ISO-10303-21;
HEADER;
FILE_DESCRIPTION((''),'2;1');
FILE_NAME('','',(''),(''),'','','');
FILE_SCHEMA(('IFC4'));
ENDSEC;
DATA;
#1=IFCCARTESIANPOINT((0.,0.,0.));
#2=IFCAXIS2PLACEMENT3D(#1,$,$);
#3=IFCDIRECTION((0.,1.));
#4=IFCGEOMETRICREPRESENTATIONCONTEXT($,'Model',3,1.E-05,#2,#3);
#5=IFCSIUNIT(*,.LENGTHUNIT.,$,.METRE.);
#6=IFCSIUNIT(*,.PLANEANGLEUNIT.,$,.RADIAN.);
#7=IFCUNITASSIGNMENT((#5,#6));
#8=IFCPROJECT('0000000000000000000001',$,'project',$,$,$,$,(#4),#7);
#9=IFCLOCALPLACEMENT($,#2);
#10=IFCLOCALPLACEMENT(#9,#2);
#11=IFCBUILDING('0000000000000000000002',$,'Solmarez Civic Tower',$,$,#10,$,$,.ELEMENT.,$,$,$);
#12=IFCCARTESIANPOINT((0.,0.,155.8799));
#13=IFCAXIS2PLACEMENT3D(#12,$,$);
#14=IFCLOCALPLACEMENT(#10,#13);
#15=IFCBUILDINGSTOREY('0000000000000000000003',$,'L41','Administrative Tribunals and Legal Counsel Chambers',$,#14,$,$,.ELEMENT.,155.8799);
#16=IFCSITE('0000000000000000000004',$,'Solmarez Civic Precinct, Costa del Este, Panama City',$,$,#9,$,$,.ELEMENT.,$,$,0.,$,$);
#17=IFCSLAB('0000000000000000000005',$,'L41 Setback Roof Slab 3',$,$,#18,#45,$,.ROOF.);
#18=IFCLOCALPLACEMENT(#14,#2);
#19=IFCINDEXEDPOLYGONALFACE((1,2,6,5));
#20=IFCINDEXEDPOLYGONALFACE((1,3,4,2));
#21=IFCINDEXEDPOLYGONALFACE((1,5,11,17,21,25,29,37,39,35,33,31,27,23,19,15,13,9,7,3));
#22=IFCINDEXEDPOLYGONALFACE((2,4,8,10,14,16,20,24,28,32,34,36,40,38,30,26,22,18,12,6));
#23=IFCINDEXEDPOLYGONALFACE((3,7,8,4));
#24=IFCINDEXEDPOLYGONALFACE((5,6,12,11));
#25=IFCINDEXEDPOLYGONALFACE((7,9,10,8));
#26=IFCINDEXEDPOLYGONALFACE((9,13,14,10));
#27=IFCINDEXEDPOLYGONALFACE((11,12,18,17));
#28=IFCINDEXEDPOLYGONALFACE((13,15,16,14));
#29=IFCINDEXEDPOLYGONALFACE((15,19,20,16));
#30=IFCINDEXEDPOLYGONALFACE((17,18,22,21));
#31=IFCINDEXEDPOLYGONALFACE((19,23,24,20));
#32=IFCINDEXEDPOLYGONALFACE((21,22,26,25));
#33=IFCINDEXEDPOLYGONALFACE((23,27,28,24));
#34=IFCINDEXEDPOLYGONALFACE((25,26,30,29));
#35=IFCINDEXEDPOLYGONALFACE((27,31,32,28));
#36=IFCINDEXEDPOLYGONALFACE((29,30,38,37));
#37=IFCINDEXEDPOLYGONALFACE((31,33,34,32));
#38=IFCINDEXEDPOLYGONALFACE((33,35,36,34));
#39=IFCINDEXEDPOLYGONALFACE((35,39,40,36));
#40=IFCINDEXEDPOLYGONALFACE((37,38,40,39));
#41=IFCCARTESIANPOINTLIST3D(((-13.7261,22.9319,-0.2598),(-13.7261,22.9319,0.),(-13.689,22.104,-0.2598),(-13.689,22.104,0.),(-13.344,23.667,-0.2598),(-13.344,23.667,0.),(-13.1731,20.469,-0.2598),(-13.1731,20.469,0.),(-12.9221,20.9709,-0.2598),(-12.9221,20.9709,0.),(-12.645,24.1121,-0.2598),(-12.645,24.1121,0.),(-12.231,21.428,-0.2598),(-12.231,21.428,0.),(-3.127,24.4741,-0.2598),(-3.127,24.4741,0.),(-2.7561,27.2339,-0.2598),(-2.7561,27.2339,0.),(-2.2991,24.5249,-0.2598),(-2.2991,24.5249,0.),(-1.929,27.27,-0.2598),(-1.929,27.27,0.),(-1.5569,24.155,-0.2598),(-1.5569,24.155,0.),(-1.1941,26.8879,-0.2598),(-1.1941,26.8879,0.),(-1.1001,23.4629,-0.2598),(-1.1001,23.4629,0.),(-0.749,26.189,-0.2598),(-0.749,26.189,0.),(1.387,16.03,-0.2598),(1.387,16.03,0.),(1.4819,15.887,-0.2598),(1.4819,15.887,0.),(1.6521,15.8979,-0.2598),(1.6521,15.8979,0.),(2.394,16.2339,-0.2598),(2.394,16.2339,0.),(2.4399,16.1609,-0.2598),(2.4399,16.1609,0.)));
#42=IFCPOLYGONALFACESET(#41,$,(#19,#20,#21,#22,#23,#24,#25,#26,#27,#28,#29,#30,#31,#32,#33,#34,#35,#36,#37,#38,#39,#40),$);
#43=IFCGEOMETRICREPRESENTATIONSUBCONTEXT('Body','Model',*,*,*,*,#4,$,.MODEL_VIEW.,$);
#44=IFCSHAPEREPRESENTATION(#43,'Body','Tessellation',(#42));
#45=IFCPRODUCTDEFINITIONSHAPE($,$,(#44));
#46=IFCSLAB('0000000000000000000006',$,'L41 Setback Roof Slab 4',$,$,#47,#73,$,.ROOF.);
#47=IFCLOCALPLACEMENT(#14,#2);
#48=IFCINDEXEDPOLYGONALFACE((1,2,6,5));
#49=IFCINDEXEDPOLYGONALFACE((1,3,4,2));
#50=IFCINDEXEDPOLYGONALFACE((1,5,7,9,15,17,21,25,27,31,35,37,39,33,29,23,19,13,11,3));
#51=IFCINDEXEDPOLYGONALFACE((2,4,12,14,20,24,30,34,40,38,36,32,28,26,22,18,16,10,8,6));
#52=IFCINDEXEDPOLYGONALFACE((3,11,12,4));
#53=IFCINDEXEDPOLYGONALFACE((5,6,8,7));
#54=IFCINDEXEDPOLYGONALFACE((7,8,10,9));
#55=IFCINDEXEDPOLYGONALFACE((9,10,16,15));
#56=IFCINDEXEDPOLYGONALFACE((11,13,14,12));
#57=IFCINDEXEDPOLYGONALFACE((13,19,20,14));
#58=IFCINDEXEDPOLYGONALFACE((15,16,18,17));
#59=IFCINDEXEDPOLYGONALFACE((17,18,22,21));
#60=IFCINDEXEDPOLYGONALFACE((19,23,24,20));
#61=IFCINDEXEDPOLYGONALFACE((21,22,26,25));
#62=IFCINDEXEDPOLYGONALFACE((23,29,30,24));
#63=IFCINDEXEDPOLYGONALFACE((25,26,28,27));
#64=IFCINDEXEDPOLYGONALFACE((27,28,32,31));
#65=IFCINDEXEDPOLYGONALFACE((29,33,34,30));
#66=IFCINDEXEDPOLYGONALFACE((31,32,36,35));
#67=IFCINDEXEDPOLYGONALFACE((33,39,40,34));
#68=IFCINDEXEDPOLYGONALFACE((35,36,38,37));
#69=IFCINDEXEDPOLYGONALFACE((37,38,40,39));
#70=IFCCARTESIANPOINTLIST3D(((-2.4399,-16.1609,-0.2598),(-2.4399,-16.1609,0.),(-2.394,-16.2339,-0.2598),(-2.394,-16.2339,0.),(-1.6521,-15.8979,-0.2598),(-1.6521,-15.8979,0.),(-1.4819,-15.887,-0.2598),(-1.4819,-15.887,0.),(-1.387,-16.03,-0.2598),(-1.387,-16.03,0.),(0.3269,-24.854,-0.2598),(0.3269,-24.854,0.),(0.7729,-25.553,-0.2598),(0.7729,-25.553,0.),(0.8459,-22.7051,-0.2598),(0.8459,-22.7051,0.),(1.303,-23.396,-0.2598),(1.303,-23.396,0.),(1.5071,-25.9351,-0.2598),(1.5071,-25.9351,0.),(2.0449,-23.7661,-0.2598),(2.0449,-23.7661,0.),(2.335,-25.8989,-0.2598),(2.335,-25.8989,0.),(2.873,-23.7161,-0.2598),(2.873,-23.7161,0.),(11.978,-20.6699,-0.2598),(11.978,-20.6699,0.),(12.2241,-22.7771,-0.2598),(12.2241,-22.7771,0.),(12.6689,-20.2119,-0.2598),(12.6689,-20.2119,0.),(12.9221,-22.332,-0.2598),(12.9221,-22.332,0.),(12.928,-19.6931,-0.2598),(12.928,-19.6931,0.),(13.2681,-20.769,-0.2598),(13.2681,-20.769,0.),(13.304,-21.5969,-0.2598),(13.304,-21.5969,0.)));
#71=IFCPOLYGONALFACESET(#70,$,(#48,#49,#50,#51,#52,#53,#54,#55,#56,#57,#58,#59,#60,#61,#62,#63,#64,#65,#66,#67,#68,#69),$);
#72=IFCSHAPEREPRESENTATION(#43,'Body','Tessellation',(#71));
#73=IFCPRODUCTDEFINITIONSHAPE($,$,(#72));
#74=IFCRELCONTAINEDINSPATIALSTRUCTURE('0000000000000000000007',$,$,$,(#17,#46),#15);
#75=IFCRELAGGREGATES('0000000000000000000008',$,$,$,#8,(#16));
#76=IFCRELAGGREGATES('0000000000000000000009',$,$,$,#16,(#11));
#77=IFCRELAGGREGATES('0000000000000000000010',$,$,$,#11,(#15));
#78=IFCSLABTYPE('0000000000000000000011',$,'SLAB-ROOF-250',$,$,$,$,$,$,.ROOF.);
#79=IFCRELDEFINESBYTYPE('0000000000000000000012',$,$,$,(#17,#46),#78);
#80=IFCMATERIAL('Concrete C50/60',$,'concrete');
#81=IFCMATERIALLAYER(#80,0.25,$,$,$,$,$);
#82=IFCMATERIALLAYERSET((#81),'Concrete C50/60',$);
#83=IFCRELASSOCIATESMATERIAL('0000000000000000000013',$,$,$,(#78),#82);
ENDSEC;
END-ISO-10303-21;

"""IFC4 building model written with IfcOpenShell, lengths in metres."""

from ifc_helpers import new_model, si_unit, direction, frame, origin, place, context, subcontext, project, spatial, polyline, outline, extrude, material, layer, layer_set, type_object, element, save


model = new_model("IFC4")

# Units and contexts
model_context = context("Model", 3, precision=1e-05, world=origin(), true_north=direction((0.0, 1.0)))
body_context = subcontext(model_context, "Body", "Model", "MODEL_VIEW")
ifc_project = project(units=[si_unit("LENGTHUNIT", "METRE"), si_unit("PLANEANGLEUNIT", "RADIAN")], contexts=[model_context])

# Site, building, storey
site_placement = place(None, origin())
site = spatial("IfcSite", under=ifc_project, at=site_placement, Name="Solmarez Civic Precinct, Costa del Este, Panama City", CompositionType="ELEMENT", RefElevation=0.0)
building_placement = place(site_placement, origin())
building = spatial("IfcBuilding", under=site, at=building_placement, Name="Solmarez Civic Tower", CompositionType="ELEMENT")
storey_placement = place(building_placement, frame((0.0, 0.0, 155.8799)))
storey = spatial("IfcBuildingStorey", under=building, at=storey_placement, Name="L41", Description="Administrative Tribunals and Legal Counsel Chambers", CompositionType="ELEMENT", Elevation=155.8799)

# Shared definitions
ifc_material_1 = material(Name="Concrete C50/60", Category="concrete")

# Shared definitions
ifc_layer_1 = layer(ifc_material_1, 0.25)
ifc_layer_set_1 = layer_set([ifc_layer_1], Name="Concrete C50/60")
slab_type_1 = type_object("IfcSlabType", Name="SLAB-ROOF-250", PredefinedType="ROOF", material=ifc_layer_set_1)

# Slabs
slab_1_placement = place(storey_placement, frame((0.0, 0.0, -0.2598)))
element("IfcSlab", 1, at=slab_1_placement, inside=storey, type_object=slab_type_1, Name="L41 Setback Roof Slab 3", PredefinedType="ROOF", context=body_context, shape_type="SweptSolid", body=[
    extrude(outline(polyline([(-13.1731, 20.469), (-12.9221, 20.9709), (-12.231, 21.428), (-3.127, 24.4741), (-2.2991, 24.5249), (-1.5569, 24.155), (-1.1001, 23.4629), (1.387, 16.03), (1.4819, 15.887), (1.6521, 15.8979), (2.4399, 16.1609), (2.394, 16.2339), (-0.749, 26.189), (-1.1941, 26.8879), (-1.929, 27.27), (-2.7561, 27.2339), (-12.645, 24.1121), (-13.344, 23.667), (-13.7261, 22.9319), (-13.689, 22.104), (-13.1731, 20.469)])), origin(), (0.0, 0.0, 1.0), 0.2598),
])
slab_2_placement = place(storey_placement, frame((0.0, 0.0, -0.2598)))
element("IfcSlab", 2, at=slab_2_placement, inside=storey, type_object=slab_type_1, Name="L41 Setback Roof Slab 4", PredefinedType="ROOF", context=body_context, shape_type="SweptSolid", body=[
    extrude(outline(polyline([(12.928, -19.6931), (12.6689, -20.2119), (11.978, -20.6699), (2.873, -23.7161), (2.0449, -23.7661), (1.303, -23.396), (0.8459, -22.7051), (-1.387, -16.03), (-1.4819, -15.887), (-1.6521, -15.8979), (-2.4399, -16.1609), (-2.394, -16.2339), (0.3269, -24.854), (0.7729, -25.553), (1.5071, -25.9351), (2.335, -25.8989), (12.2241, -22.7771), (12.9221, -22.332), (13.304, -21.5969), (13.2681, -20.769), (12.928, -19.6931)])), origin(), (0.0, 0.0, 1.0), 0.2598),
])

save(model, "model.ifc")
